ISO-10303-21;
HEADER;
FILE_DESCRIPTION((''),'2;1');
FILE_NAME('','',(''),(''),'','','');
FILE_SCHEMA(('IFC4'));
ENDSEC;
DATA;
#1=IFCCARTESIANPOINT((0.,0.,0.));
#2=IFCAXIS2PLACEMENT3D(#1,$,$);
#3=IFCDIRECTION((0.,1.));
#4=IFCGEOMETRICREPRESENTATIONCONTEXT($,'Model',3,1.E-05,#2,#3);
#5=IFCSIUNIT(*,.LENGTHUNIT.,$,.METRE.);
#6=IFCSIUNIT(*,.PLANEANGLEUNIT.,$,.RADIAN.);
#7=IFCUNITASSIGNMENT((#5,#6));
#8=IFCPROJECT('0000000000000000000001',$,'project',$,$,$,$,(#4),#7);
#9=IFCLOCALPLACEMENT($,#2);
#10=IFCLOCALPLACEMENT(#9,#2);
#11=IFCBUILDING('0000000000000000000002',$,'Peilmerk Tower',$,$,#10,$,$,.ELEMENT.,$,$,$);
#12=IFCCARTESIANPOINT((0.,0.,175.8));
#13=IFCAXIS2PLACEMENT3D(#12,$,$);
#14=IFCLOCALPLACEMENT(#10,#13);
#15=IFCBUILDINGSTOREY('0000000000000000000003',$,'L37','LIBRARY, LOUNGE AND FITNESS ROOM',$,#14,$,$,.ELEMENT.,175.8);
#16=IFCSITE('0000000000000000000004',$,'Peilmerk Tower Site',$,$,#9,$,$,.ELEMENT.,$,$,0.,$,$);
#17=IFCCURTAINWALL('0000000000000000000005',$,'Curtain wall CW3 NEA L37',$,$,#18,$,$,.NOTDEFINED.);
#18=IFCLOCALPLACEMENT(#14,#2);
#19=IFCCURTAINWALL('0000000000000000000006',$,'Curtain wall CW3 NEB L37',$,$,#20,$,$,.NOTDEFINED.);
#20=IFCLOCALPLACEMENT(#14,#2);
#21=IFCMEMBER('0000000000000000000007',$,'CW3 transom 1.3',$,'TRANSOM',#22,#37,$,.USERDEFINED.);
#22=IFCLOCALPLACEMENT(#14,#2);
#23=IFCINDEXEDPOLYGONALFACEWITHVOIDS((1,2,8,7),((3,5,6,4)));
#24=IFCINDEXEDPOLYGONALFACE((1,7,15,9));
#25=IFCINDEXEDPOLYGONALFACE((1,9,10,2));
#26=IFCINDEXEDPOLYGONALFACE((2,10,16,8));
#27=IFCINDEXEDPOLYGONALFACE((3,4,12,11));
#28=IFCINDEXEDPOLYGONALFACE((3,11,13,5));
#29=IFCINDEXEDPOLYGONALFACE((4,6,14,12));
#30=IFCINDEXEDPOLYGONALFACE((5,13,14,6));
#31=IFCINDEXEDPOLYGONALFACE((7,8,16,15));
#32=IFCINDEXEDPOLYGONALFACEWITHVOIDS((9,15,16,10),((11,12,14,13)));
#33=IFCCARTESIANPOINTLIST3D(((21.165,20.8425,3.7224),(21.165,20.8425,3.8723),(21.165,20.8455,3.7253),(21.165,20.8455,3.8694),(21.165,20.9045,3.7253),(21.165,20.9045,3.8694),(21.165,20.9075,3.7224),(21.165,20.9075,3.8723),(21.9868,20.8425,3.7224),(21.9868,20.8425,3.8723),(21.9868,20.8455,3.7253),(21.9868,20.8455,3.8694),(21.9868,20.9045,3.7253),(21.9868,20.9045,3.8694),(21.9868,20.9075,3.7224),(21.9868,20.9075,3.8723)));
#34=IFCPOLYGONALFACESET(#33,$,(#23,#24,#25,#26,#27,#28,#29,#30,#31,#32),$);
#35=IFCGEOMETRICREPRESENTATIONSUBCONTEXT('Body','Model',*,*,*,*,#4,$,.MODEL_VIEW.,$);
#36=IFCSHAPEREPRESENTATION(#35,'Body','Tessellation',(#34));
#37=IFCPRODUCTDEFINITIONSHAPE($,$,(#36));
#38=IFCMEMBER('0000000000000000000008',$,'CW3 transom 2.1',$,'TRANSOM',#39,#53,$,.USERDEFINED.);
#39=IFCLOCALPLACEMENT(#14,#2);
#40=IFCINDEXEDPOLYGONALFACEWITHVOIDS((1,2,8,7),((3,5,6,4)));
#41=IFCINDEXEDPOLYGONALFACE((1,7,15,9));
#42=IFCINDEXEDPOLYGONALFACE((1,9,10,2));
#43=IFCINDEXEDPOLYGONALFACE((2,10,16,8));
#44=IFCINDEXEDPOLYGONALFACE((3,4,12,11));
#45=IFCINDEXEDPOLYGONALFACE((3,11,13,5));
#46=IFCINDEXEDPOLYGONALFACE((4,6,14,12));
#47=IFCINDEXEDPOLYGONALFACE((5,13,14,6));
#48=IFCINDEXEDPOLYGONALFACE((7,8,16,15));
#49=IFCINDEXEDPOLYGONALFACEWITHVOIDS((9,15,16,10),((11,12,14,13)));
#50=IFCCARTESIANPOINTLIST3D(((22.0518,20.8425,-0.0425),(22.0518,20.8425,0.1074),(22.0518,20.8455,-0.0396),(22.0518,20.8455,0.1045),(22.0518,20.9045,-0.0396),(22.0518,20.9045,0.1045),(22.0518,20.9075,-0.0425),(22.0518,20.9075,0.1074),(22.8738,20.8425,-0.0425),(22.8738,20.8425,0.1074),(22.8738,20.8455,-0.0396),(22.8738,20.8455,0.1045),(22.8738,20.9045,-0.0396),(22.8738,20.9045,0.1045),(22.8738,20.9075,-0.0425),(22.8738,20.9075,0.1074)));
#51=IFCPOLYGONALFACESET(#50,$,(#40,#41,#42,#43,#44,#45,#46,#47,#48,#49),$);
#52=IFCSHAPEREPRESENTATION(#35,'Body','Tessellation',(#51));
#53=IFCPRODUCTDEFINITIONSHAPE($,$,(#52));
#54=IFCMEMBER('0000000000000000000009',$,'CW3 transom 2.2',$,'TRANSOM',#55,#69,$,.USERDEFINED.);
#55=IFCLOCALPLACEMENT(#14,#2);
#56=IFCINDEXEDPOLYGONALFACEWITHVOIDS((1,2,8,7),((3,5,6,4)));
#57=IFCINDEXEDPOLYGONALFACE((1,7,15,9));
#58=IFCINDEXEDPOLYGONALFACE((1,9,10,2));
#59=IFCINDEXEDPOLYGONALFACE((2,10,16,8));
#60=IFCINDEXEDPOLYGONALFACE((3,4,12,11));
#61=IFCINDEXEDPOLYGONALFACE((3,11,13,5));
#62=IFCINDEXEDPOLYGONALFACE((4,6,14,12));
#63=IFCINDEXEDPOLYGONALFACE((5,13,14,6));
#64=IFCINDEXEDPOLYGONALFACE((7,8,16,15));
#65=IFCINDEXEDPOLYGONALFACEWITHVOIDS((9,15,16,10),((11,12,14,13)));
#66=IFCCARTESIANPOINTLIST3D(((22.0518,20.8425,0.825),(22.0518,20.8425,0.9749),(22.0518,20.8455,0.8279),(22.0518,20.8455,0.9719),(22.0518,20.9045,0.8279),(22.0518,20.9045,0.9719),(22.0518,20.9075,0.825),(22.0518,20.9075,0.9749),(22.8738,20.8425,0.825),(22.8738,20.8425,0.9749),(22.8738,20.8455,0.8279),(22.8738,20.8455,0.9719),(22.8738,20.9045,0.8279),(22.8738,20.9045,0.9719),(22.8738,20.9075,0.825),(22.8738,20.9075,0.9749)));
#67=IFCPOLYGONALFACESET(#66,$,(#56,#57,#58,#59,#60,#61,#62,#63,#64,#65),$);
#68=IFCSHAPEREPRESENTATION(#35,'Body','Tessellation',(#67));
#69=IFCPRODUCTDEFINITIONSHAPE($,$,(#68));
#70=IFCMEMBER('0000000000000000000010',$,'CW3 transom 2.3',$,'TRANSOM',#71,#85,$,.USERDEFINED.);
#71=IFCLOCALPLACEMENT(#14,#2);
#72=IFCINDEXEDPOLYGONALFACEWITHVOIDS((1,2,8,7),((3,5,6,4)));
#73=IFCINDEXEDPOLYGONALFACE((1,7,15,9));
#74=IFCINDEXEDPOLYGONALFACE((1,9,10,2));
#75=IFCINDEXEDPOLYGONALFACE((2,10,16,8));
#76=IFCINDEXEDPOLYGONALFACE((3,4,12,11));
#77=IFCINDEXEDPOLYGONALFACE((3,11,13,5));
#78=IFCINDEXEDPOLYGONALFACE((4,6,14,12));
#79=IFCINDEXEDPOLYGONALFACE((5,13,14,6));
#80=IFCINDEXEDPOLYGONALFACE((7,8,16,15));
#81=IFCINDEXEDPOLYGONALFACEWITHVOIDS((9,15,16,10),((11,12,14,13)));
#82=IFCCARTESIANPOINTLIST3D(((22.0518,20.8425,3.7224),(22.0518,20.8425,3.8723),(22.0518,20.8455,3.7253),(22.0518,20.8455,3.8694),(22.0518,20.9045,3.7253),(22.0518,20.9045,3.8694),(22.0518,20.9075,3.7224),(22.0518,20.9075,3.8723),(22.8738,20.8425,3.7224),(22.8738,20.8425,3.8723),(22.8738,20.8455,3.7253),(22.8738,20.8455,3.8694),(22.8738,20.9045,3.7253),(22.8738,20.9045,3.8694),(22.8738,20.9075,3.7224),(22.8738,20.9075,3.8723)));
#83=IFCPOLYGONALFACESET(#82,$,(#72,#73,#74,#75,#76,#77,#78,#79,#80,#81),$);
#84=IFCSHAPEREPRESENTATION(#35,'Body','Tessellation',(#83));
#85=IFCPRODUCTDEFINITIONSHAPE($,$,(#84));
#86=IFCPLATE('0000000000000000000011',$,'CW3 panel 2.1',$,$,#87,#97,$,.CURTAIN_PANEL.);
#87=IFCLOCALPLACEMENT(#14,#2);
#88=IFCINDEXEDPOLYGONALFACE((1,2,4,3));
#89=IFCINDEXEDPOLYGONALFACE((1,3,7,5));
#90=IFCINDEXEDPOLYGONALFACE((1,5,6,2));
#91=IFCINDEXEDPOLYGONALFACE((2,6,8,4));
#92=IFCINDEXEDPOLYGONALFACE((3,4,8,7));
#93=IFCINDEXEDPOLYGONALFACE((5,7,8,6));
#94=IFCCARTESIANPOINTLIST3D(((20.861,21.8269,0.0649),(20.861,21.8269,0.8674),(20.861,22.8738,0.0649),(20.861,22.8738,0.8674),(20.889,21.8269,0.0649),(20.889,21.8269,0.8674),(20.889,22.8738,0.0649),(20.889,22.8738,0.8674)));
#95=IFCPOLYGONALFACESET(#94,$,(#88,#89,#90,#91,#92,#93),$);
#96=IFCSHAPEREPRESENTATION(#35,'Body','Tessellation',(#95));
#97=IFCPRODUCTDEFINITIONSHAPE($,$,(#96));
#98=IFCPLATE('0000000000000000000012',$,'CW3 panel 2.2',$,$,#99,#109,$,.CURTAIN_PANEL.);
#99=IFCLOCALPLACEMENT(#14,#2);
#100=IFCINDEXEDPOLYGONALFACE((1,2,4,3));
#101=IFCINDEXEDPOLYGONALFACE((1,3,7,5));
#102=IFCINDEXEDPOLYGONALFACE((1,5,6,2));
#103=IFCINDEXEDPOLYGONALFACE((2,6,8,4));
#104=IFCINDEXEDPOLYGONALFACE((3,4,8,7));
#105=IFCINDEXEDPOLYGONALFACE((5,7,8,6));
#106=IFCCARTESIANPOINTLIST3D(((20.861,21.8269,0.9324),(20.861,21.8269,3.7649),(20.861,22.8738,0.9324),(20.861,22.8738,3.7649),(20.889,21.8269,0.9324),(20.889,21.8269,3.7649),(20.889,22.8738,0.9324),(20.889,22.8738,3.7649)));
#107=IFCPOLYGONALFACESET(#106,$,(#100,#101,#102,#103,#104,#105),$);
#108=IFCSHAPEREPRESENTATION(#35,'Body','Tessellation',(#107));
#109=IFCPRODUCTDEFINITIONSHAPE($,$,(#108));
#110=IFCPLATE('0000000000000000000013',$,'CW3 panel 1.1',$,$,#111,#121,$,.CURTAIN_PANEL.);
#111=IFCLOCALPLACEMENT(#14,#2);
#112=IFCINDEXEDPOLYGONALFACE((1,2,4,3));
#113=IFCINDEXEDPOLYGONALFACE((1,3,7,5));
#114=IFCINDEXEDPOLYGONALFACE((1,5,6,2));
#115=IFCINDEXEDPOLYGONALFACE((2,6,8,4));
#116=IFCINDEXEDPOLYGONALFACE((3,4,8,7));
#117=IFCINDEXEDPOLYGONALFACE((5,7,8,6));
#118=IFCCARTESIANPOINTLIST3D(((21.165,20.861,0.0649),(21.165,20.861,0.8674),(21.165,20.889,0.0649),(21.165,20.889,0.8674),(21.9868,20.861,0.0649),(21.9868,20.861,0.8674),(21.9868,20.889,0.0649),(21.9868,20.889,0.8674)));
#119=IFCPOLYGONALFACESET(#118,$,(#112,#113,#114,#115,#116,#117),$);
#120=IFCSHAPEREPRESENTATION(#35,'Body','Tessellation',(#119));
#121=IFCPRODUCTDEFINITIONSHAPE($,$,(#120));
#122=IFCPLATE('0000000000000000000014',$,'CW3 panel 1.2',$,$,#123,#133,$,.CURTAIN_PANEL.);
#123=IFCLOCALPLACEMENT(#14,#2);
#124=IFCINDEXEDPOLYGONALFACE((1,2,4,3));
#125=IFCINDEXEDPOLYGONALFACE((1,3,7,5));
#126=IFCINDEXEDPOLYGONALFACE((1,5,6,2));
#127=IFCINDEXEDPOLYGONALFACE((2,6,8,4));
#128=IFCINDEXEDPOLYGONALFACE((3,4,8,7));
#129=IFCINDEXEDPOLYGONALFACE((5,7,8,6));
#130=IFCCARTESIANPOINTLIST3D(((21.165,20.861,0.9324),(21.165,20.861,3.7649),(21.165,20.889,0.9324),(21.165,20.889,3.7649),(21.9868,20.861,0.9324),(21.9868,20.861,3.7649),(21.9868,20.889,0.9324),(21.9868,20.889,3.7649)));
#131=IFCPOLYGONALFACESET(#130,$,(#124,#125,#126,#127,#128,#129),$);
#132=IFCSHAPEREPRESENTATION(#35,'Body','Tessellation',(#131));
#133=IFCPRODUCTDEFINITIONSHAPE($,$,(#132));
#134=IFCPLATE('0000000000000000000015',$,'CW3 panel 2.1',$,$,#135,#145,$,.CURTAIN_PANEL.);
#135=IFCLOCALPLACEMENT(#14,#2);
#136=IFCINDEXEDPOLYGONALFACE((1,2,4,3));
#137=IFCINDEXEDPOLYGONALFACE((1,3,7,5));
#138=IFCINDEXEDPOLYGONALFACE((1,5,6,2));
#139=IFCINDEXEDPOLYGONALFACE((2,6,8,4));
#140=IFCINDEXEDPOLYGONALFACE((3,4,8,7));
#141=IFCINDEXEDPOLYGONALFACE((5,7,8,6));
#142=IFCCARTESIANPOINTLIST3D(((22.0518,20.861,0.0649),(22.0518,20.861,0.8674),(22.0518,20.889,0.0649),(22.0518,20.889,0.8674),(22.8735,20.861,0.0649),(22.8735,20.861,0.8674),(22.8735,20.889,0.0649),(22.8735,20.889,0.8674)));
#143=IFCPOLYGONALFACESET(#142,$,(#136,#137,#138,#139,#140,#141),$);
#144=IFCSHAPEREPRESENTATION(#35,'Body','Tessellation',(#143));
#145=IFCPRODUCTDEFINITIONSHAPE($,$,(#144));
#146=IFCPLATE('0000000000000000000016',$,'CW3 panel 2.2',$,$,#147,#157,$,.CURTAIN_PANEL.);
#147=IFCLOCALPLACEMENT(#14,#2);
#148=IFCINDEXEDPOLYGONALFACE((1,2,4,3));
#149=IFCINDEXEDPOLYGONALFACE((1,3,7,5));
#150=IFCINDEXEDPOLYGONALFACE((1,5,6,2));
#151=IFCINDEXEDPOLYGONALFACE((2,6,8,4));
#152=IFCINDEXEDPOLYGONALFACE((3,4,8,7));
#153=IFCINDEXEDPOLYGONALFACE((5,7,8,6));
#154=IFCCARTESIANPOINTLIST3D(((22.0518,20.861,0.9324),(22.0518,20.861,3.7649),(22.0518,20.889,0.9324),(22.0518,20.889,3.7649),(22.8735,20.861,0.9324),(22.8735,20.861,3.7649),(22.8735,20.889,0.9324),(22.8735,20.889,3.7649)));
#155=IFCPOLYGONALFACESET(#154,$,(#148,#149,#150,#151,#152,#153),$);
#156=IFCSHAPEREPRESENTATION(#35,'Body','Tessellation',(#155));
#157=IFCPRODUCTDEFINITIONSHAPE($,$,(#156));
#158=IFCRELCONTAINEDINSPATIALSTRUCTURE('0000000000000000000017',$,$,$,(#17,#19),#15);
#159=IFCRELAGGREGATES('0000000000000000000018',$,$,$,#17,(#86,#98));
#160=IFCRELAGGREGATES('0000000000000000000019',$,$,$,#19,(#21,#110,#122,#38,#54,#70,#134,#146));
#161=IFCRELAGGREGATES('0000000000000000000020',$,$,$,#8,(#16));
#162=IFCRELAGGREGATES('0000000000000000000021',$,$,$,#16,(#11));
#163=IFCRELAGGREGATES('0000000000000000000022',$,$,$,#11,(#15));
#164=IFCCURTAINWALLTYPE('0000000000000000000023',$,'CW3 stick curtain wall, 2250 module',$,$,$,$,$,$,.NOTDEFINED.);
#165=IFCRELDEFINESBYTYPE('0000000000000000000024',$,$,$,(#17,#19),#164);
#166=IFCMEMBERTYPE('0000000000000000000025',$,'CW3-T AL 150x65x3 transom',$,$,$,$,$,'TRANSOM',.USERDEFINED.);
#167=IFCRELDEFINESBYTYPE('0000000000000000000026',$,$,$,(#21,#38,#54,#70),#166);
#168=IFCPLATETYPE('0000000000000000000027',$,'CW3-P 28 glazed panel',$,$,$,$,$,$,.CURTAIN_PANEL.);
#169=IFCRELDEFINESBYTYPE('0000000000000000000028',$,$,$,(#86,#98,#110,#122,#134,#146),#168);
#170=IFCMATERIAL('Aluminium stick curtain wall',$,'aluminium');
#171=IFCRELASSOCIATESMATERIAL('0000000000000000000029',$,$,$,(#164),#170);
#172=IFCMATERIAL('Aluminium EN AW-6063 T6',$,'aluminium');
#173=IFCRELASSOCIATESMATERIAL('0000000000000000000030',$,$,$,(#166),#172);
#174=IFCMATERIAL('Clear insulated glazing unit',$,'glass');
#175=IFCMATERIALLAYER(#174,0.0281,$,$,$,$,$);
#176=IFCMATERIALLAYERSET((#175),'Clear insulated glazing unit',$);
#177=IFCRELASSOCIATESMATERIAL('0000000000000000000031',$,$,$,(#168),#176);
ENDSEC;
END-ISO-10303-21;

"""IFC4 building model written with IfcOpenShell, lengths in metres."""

from ifc_helpers import new_model, si_unit, direction, frame, origin, origin_2d, place, context, subcontext, project, spatial, rectangle, hollow_rectangle, extrude, material, layer, layer_set, material_profile, profile_set, type_object, element, aggregate, save


model = new_model("IFC4")

# Units and contexts
model_context = context("Model", 3, precision=1e-05, world=origin(), true_north=direction((0.0, 1.0)))
body_context = subcontext(model_context, "Body", "Model", "MODEL_VIEW")
ifc_project = project(units=[si_unit("LENGTHUNIT", "METRE"), si_unit("PLANEANGLEUNIT", "RADIAN")], contexts=[model_context])

# Site, building, storey
site_placement = place(None, origin())
site = spatial("IfcSite", under=ifc_project, at=site_placement, Name="Peilmerk Tower Site", CompositionType="ELEMENT", RefElevation=0.0)
building_placement = place(site_placement, origin())
building = spatial("IfcBuilding", under=site, at=building_placement, Name="Peilmerk Tower", CompositionType="ELEMENT")
storey_placement = place(building_placement, frame((0.0, 0.0, 175.8)))
storey = spatial("IfcBuildingStorey", under=building, at=storey_placement, Name="L37", Description="LIBRARY, LOUNGE AND FITNESS ROOM", CompositionType="ELEMENT", Elevation=175.8)

# Curtain wall
ifc_material_1 = material(Name="Aluminium stick curtain wall", Category="aluminium")
curtain_wall_type = type_object("IfcCurtainWallType", Name="CW3 stick curtain wall, 2250 module", PredefinedType="NOTDEFINED", material=ifc_material_1)
curtain_wall_1_placement = place(storey_placement, origin())
curtain_wall_1 = element("IfcCurtainWall", 1, at=curtain_wall_1_placement, inside=storey, type_object=curtain_wall_type, Name="Curtain wall CW3 NEA L37", PredefinedType="NOTDEFINED")
ifc_material_2 = material(Name="Aluminium EN AW-6063 T6", Category="aluminium")

# Curtain wall
curtain_wall_2_placement = place(storey_placement, origin())
curtain_wall_2 = element("IfcCurtainWall", 2, at=curtain_wall_2_placement, inside=storey, type_object=curtain_wall_type, Name="Curtain wall CW3 NEB L37", PredefinedType="NOTDEFINED")

# Members
ifc_material_profile_1 = material_profile(ifc_material_2, hollow_rectangle(XDim=0.0649, YDim=0.1499, WallThickness=0.0029, at=origin_2d()), Name="AL 150x65x3")
ifc_profile_set_1 = profile_set([ifc_material_profile_1], Name="Aluminium EN AW-6063 T6")
member_type_1 = type_object("IfcMemberType", Name="CW3-T AL 150x65x3 transom", ElementType="TRANSOM", PredefinedType="USERDEFINED", material=ifc_profile_set_1)
member_1_placement = place(storey_placement, frame((21.165, 20.875, 3.7974), z_axis=(1.0, 0.0, 0.0), x_axis=(0.0, 1.0, 0.0)))
member_1 = element("IfcMember", 3, at=member_1_placement, type_object=member_type_1, Name="CW3 transom 1.3", ObjectType="TRANSOM", PredefinedType="USERDEFINED", context=body_context, shape_type="SweptSolid", body=[
    extrude(hollow_rectangle(XDim=0.0649, YDim=0.1499, WallThickness=0.0029, at=origin_2d()), origin(), (0.0, 0.0, 1.0), 0.8218),
])
member_2_placement = place(storey_placement, frame((22.0518, 20.875, 0.0325), z_axis=(1.0, 0.0, 0.0), x_axis=(0.0, 1.0, 0.0)))
member_2 = element("IfcMember", 4, at=member_2_placement, type_object=member_type_1, Name="CW3 transom 2.1", ObjectType="TRANSOM", PredefinedType="USERDEFINED", context=body_context, shape_type="SweptSolid", body=[
    extrude(hollow_rectangle(XDim=0.0649, YDim=0.1499, WallThickness=0.0029, at=origin_2d()), origin(), (0.0, 0.0, 1.0), 0.822),
])
member_3_placement = place(storey_placement, frame((22.0518, 20.875, 0.8999), z_axis=(1.0, 0.0, 0.0), x_axis=(0.0, 1.0, 0.0)))
member_3 = element("IfcMember", 5, at=member_3_placement, type_object=member_type_1, Name="CW3 transom 2.2", ObjectType="TRANSOM", PredefinedType="USERDEFINED", context=body_context, shape_type="SweptSolid", body=[
    extrude(hollow_rectangle(XDim=0.0649, YDim=0.1499, WallThickness=0.0029, at=origin_2d()), origin(), (0.0, 0.0, 1.0), 0.822),
])
member_4_placement = place(storey_placement, frame((22.0518, 20.875, 3.7974), z_axis=(1.0, 0.0, 0.0), x_axis=(0.0, 1.0, 0.0)))
member_4 = element("IfcMember", 6, at=member_4_placement, type_object=member_type_1, Name="CW3 transom 2.3", ObjectType="TRANSOM", PredefinedType="USERDEFINED", context=body_context, shape_type="SweptSolid", body=[
    extrude(hollow_rectangle(XDim=0.0649, YDim=0.1499, WallThickness=0.0029, at=origin_2d()), origin(), (0.0, 0.0, 1.0), 0.822),
])

# Plates
ifc_material_3 = material(Name="Clear insulated glazing unit", Category="glass")
ifc_layer_1 = layer(ifc_material_3, 0.0281)
ifc_layer_set_1 = layer_set([ifc_layer_1], Name="Clear insulated glazing unit")
plate_type = type_object("IfcPlateType", Name="CW3-P 28 glazed panel", PredefinedType="CURTAIN_PANEL", material=ifc_layer_set_1)
plate_1_placement = place(storey_placement, frame((20.875, 22.3503, 0.0649), z_axis=(0.0, 0.0, 1.0), x_axis=(0.0, 1.0, 0.0)))
plate_1 = element("IfcPlate", 7, at=plate_1_placement, type_object=plate_type, Name="CW3 panel 2.1", PredefinedType="CURTAIN_PANEL", context=body_context, shape_type="SweptSolid", body=[
    extrude(rectangle(XDim=1.0469, YDim=0.0281, at=origin_2d()), origin(), (0.0, 0.0, 1.0), 0.8025),
])
plate_2_placement = place(storey_placement, frame((20.875, 22.3503, 0.9324), z_axis=(0.0, 0.0, 1.0), x_axis=(0.0, 1.0, 0.0)))
plate_2 = element("IfcPlate", 8, at=plate_2_placement, type_object=plate_type, Name="CW3 panel 2.2", PredefinedType="CURTAIN_PANEL", context=body_context, shape_type="SweptSolid", body=[
    extrude(rectangle(XDim=1.0469, YDim=0.0281, at=origin_2d()), origin(), (0.0, 0.0, 1.0), 2.8325),
])
aggregate(curtain_wall_1, [plate_1, plate_2])
plate_3_placement = place(storey_placement, frame((21.5759, 20.875, 0.0649), z_axis=(0.0, 0.0, 1.0), x_axis=(1.0, 0.0, 0.0)))
plate_3 = element("IfcPlate", 9, at=plate_3_placement, type_object=plate_type, Name="CW3 panel 1.1", PredefinedType="CURTAIN_PANEL", context=body_context, shape_type="SweptSolid", body=[
    extrude(rectangle(XDim=0.8218, YDim=0.0281, at=origin_2d()), origin(), (0.0, 0.0, 1.0), 0.8025),
])
plate_4_placement = place(storey_placement, frame((21.5759, 20.875, 0.9324), z_axis=(0.0, 0.0, 1.0), x_axis=(1.0, 0.0, 0.0)))
plate_4 = element("IfcPlate", 10, at=plate_4_placement, type_object=plate_type, Name="CW3 panel 1.2", PredefinedType="CURTAIN_PANEL", context=body_context, shape_type="SweptSolid", body=[
    extrude(rectangle(XDim=0.8218, YDim=0.0281, at=origin_2d()), origin(), (0.0, 0.0, 1.0), 2.8325),
])
plate_5_placement = place(storey_placement, frame((22.4626, 20.875, 0.0649), z_axis=(0.0, 0.0, 1.0), x_axis=(1.0, 0.0, 0.0)))
plate_5 = element("IfcPlate", 11, at=plate_5_placement, type_object=plate_type, Name="CW3 panel 2.1", PredefinedType="CURTAIN_PANEL", context=body_context, shape_type="SweptSolid", body=[
    extrude(rectangle(XDim=0.8218, YDim=0.0281, at=origin_2d()), origin(), (0.0, 0.0, 1.0), 0.8025),
])
plate_6_placement = place(storey_placement, frame((22.4626, 20.875, 0.9324), z_axis=(0.0, 0.0, 1.0), x_axis=(1.0, 0.0, 0.0)))
plate_6 = element("IfcPlate", 12, at=plate_6_placement, type_object=plate_type, Name="CW3 panel 2.2", PredefinedType="CURTAIN_PANEL", context=body_context, shape_type="SweptSolid", body=[
    extrude(rectangle(XDim=0.8218, YDim=0.0281, at=origin_2d()), origin(), (0.0, 0.0, 1.0), 2.8325),
])
aggregate(curtain_wall_2, [member_1, plate_3, plate_4, member_2, member_3, member_4, plate_5, plate_6])

save(model, "model.ifc")
